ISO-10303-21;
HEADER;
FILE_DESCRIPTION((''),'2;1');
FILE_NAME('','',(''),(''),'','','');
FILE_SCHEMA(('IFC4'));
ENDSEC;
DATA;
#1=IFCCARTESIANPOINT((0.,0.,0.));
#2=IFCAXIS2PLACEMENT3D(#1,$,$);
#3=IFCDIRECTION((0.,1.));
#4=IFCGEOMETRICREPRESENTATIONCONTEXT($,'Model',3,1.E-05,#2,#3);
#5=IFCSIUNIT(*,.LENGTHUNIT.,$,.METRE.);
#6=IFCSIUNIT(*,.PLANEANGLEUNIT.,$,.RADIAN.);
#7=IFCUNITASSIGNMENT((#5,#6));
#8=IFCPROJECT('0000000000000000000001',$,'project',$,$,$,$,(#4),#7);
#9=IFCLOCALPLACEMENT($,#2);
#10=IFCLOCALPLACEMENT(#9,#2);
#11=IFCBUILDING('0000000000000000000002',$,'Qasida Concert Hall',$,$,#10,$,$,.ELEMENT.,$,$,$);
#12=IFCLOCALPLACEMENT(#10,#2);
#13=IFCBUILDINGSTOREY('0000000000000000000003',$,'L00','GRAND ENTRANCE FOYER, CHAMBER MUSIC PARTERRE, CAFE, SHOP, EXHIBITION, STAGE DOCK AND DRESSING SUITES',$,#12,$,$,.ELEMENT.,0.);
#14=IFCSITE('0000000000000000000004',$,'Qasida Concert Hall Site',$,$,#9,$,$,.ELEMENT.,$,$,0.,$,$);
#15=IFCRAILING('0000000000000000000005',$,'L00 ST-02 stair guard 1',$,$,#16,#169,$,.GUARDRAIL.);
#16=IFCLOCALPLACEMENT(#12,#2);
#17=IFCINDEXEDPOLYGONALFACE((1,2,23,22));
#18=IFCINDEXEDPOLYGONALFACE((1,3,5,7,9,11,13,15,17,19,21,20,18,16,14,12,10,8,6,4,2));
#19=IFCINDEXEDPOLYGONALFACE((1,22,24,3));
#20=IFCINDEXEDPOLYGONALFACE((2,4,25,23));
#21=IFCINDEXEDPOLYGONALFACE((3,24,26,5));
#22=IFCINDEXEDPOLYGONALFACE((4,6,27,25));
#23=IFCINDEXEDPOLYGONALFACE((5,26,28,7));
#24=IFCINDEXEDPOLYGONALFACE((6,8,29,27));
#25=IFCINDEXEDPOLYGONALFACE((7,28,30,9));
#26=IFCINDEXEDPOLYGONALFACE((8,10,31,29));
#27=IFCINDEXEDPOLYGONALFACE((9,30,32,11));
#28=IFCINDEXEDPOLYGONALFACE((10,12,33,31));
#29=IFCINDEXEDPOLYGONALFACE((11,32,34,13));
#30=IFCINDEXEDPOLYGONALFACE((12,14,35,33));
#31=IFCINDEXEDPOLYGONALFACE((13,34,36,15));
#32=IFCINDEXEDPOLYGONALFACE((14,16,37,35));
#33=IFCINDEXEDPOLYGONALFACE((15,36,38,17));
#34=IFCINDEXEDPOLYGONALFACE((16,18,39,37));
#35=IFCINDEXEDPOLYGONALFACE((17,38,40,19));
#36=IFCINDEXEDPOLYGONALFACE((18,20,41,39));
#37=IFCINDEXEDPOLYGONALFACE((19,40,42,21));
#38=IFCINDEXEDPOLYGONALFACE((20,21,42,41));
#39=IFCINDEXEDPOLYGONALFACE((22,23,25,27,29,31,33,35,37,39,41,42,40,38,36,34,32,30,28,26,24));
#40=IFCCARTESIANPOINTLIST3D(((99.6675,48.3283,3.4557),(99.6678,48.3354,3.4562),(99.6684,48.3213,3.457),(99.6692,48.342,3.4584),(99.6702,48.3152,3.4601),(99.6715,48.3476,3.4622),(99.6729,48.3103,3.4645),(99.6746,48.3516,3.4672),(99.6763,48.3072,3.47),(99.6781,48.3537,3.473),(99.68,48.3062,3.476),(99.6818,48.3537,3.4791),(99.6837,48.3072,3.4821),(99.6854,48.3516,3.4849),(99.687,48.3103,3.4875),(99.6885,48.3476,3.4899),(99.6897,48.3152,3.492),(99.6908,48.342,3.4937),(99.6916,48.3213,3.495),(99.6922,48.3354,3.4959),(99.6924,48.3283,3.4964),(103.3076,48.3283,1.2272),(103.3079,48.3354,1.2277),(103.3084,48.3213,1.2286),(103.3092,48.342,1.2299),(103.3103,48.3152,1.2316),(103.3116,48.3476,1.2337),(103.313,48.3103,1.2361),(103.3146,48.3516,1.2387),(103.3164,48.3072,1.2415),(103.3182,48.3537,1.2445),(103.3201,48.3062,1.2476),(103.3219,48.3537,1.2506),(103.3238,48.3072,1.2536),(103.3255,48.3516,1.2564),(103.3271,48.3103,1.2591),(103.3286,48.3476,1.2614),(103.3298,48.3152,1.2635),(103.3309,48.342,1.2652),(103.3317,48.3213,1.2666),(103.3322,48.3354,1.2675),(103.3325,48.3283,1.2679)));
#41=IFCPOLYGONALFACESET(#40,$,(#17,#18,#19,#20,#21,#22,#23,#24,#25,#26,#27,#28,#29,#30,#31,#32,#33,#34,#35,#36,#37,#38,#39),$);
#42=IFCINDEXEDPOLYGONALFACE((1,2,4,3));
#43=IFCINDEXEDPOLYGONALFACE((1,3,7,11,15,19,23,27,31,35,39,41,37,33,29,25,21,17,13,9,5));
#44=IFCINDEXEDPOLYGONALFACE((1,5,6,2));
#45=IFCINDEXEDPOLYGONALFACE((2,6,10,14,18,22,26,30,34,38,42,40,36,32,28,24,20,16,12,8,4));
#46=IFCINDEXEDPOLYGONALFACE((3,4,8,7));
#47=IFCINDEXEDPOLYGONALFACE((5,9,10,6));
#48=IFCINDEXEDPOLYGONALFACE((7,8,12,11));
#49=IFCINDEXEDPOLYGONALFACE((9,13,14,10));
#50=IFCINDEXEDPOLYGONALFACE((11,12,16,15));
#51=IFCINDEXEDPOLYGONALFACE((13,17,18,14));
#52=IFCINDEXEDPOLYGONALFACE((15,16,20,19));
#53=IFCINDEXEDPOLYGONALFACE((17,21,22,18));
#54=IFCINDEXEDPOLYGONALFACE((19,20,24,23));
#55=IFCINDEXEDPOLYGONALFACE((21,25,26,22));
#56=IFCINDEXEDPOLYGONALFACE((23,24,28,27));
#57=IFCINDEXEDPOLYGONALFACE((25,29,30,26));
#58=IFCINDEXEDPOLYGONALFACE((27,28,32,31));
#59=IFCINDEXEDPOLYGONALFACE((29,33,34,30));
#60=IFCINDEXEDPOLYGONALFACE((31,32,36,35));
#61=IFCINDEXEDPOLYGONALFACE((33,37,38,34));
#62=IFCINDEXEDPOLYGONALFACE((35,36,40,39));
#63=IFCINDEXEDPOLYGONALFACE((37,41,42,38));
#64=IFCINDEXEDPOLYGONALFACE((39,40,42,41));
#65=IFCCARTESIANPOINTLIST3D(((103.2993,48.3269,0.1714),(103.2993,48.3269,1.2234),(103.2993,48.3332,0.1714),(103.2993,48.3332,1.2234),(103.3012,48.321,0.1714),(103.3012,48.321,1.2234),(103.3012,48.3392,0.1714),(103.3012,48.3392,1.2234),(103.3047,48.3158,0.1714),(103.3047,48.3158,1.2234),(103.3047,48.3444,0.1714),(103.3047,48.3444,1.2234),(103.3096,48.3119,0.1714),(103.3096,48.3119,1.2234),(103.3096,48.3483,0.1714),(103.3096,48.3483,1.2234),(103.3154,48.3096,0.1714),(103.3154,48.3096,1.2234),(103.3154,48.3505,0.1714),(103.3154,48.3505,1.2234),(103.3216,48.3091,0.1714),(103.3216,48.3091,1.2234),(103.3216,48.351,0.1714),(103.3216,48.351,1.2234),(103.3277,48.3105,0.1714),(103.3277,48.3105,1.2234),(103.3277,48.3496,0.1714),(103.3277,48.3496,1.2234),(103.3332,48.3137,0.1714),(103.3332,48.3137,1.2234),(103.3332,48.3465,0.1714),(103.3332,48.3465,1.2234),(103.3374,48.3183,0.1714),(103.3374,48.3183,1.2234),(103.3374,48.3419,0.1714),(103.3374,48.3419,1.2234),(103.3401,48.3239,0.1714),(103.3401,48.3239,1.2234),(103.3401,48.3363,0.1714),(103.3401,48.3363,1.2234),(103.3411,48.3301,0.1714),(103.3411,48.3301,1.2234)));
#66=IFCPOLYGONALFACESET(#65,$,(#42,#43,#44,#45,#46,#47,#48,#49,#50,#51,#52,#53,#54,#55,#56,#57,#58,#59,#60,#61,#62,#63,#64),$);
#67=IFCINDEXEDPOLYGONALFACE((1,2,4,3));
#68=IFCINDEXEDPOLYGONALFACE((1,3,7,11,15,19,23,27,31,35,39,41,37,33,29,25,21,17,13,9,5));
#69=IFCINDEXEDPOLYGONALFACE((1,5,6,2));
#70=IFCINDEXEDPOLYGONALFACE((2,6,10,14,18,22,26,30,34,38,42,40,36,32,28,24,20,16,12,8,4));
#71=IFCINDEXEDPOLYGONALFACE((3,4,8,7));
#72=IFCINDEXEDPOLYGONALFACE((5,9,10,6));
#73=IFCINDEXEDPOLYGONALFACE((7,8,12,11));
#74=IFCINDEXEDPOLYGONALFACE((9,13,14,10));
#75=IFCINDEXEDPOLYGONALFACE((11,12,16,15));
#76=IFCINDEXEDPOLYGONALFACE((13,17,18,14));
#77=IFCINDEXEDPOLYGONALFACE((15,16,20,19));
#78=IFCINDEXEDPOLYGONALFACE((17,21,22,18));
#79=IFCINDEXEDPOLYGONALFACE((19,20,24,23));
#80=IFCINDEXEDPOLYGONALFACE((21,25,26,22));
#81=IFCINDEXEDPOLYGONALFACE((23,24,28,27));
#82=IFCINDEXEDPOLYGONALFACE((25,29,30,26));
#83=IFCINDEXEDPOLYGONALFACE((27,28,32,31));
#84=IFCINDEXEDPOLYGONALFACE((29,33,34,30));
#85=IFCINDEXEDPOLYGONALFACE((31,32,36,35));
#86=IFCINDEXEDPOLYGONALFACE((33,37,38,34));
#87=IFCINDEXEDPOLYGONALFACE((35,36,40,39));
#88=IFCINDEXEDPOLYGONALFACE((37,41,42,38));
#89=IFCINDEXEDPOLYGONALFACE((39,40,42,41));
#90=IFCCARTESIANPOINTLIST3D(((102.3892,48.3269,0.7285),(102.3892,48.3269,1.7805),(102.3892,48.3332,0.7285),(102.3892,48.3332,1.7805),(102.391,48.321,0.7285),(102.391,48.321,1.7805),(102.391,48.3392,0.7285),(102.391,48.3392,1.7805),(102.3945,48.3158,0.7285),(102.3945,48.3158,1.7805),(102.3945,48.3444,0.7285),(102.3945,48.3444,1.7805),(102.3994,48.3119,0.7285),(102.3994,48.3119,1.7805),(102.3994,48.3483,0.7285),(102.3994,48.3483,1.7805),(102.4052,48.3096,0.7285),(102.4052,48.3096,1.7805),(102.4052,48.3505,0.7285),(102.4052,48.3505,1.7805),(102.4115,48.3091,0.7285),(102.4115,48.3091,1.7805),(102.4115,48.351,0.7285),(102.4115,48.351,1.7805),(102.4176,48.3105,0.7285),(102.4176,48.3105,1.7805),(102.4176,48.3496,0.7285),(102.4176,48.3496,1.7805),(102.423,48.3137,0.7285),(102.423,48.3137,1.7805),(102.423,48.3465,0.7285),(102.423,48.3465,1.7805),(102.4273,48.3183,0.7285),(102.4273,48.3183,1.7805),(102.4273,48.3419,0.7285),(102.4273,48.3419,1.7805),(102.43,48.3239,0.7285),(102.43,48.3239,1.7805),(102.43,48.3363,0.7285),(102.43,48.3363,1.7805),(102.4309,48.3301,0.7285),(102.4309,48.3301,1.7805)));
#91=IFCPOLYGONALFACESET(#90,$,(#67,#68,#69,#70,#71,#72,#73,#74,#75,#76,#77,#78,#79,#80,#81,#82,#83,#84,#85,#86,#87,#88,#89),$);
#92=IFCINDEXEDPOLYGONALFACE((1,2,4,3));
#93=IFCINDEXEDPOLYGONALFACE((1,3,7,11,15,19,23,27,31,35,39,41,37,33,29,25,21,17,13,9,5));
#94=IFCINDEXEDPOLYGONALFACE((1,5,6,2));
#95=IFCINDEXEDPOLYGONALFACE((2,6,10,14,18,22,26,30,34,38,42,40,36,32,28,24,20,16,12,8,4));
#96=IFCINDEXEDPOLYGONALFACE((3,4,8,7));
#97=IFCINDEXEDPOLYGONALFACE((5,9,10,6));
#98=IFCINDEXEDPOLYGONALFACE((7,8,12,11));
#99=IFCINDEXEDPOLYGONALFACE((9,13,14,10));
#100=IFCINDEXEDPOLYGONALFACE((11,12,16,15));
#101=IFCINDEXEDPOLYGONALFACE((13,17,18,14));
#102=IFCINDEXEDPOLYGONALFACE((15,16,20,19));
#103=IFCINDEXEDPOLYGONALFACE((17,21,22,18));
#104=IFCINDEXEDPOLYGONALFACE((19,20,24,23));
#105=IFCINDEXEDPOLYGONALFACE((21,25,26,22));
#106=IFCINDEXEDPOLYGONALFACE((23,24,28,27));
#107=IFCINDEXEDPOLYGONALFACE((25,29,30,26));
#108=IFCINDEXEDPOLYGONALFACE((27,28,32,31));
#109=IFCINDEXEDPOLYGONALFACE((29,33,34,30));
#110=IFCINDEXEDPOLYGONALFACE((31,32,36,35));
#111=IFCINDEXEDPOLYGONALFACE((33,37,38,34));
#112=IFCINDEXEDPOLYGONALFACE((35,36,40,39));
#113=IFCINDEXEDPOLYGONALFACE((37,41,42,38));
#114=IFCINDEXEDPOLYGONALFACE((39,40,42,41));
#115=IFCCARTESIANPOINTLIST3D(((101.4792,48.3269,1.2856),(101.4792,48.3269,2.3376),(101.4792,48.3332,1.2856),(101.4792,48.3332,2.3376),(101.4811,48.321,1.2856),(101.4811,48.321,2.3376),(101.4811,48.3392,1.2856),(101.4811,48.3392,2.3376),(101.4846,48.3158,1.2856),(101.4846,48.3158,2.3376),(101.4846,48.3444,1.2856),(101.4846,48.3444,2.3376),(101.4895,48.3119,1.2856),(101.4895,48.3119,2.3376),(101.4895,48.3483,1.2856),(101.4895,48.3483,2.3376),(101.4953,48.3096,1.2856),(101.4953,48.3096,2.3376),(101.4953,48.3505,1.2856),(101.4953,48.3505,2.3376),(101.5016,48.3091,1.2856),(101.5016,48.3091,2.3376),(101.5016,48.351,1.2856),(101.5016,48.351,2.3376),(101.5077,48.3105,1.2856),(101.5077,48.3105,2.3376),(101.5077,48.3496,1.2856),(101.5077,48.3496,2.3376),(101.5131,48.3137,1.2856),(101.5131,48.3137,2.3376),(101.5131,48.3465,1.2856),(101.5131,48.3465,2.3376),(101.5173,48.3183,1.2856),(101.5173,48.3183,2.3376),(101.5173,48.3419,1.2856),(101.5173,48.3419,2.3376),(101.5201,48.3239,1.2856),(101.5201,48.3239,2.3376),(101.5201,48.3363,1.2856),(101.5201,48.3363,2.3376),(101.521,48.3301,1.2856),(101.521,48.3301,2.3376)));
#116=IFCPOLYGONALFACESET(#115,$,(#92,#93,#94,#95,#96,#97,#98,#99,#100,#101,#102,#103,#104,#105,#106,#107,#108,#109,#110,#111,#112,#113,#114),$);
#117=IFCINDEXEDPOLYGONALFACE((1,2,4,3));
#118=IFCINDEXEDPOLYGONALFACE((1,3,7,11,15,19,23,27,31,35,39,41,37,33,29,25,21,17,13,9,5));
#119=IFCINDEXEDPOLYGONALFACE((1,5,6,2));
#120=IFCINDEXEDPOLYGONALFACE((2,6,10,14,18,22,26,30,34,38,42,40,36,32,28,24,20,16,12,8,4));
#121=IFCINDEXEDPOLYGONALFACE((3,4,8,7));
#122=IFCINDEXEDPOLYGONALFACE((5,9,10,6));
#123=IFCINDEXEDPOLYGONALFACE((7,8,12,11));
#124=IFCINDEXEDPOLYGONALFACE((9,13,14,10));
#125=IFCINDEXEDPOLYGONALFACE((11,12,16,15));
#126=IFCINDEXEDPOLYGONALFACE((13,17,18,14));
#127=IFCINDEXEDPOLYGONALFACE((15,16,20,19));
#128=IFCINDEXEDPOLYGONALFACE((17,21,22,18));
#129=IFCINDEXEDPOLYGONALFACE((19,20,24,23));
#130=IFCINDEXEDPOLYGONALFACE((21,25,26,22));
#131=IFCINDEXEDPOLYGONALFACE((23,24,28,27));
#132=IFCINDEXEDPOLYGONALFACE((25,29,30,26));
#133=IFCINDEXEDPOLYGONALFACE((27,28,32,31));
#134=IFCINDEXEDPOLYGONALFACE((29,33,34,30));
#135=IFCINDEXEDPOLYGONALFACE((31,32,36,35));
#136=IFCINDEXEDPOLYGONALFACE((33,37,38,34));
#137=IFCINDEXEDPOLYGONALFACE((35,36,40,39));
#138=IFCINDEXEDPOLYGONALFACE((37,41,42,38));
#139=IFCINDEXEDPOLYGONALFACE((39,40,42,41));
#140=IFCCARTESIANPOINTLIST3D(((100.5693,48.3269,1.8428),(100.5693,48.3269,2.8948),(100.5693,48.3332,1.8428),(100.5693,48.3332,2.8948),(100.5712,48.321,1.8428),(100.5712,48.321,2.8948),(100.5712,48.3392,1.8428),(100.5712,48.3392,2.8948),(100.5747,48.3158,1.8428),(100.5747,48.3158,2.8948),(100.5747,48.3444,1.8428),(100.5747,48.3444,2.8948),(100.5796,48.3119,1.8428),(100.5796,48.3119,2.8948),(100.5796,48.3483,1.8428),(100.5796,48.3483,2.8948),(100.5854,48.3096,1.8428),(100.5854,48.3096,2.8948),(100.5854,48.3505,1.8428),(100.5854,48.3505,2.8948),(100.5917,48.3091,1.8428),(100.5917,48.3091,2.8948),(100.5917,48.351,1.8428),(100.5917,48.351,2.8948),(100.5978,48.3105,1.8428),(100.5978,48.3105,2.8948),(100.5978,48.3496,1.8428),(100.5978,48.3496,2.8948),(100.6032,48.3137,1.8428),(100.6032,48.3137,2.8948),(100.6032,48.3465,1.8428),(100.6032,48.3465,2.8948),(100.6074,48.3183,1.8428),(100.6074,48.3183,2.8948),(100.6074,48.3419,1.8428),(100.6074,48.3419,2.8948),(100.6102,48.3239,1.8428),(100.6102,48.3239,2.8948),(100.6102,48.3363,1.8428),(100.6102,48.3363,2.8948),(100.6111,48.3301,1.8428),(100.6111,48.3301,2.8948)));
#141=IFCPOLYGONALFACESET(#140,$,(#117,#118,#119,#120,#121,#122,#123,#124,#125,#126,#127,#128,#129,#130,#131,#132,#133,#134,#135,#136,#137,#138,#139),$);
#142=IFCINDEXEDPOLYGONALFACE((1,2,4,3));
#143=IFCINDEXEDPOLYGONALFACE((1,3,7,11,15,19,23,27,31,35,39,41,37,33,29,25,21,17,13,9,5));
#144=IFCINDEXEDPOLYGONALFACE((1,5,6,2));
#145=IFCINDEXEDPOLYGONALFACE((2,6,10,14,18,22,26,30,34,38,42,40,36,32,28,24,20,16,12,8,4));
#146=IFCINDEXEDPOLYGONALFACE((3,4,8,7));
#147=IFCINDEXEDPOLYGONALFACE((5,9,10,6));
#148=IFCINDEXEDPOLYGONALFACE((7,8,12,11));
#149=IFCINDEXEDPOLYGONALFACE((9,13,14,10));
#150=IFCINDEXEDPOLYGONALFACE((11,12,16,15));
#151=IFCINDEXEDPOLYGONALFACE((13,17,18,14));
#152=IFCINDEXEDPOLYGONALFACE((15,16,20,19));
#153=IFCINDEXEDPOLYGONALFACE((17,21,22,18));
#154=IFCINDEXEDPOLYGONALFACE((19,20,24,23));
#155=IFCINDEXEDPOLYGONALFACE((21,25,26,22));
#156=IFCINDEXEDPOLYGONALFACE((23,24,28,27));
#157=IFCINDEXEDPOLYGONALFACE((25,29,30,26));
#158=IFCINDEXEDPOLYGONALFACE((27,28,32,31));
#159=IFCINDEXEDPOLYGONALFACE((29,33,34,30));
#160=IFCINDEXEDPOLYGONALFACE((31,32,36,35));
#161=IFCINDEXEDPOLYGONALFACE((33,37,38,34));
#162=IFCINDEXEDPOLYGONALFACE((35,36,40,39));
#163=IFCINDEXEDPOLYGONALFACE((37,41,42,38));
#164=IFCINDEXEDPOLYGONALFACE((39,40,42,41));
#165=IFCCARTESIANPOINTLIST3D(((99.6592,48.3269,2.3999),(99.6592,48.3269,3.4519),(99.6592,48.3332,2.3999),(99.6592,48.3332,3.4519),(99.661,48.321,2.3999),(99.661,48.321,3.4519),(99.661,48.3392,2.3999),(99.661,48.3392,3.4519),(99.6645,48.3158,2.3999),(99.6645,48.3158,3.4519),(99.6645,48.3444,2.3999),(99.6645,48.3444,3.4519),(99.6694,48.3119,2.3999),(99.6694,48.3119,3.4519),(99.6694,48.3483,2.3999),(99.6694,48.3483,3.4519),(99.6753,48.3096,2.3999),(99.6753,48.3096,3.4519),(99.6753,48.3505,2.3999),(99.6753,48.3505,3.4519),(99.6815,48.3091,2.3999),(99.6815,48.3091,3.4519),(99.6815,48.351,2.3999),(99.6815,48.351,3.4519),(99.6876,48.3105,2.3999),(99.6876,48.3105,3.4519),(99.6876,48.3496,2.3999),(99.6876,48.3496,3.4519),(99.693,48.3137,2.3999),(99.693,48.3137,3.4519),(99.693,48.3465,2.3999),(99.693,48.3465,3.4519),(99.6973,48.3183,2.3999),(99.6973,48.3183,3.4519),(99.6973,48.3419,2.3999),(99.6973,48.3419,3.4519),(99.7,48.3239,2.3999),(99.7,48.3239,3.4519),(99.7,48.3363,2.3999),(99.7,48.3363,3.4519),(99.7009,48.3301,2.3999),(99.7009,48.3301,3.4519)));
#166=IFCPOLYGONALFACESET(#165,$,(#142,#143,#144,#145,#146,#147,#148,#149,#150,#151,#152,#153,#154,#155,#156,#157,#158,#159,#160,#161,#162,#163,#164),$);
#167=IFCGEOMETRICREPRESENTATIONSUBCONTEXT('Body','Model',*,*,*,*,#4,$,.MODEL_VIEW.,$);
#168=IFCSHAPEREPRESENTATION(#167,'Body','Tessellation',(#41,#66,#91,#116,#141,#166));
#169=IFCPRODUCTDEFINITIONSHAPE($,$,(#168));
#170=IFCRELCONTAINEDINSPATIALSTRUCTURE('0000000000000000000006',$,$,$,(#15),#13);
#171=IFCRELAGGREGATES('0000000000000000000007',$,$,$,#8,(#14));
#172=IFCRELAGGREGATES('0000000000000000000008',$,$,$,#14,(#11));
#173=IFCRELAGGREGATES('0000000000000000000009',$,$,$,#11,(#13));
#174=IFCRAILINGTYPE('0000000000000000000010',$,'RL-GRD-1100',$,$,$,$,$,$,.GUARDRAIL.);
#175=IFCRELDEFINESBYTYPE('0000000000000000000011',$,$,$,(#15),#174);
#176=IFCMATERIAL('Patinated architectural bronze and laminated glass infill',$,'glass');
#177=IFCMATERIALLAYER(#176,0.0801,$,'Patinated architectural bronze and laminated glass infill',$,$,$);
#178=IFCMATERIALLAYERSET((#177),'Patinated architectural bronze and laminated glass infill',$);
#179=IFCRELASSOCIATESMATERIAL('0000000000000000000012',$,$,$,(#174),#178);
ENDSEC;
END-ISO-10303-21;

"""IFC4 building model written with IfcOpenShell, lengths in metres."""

from ifc_helpers import new_model, si_unit, direction, frame, origin, origin_2d, place, context, subcontext, project, spatial, circle, extrude, material, layer, layer_set, type_object, element, save


model = new_model("IFC4")

# Units and contexts
model_context = context("Model", 3, precision=1e-05, world=origin(), true_north=direction((0.0, 1.0)))
body_context = subcontext(model_context, "Body", "Model", "MODEL_VIEW")
ifc_project = project(units=[si_unit("LENGTHUNIT", "METRE"), si_unit("PLANEANGLEUNIT", "RADIAN")], contexts=[model_context])

# Site, building, storey
site_placement = place(None, origin())
site = spatial("IfcSite", under=ifc_project, at=site_placement, Name="Qasida Concert Hall Site", CompositionType="ELEMENT", RefElevation=0.0)
building_placement = place(site_placement, origin())
building = spatial("IfcBuilding", under=site, at=building_placement, Name="Qasida Concert Hall", CompositionType="ELEMENT")
storey_placement = place(building_placement, origin())
storey = spatial("IfcBuildingStorey", under=building, at=storey_placement, Name="L00", Description="GRAND ENTRANCE FOYER, CHAMBER MUSIC PARTERRE, CAFE, SHOP, EXHIBITION, STAGE DOCK AND DRESSING SUITES", CompositionType="ELEMENT", Elevation=0.0)

# Railing
ifc_material_1 = material(Name="Patinated architectural bronze and laminated glass infill", Category="glass")
ifc_layer_1 = layer(ifc_material_1, 0.0801, Name="Patinated architectural bronze and laminated glass infill")
ifc_layer_set_1 = layer_set([ifc_layer_1], Name="Patinated architectural bronze and laminated glass infill")
railing_type_1 = type_object("IfcRailingType", Name="RL-GRD-1100", PredefinedType="GUARDRAIL", material=ifc_layer_set_1)
railing_1_placement = place(storey_placement, frame((103.3201, 48.3301, 0.1714)))
element("IfcRailing", 1, at=railing_1_placement, inside=storey, type_object=railing_type_1, Name="L00 ST-02 stair guard 1", PredefinedType="GUARDRAIL", context=body_context, shape_type="SweptSolid", body=[
    extrude(circle(Radius=0.0239, at=origin_2d()), frame((0.0, 0.0, 1.0762), z_axis=(-0.852866, 0.0, 0.52213), x_axis=(0.0, -1.0, 0.0)), (0.0, 0.0, 1.0), 4.2681),
    extrude(circle(Radius=0.021, at=origin_2d()), origin(), (0.0, 0.0, 1.0), 1.052),
    extrude(circle(Radius=0.021, at=origin_2d()), frame((-0.9102, 0.0, 0.5571)), (0.0, 0.0, 1.0), 1.052),
    extrude(circle(Radius=0.021, at=origin_2d()), frame((-1.8201, 0.0, 1.1143)), (0.0, 0.0, 1.0), 1.052),
    extrude(circle(Radius=0.021, at=origin_2d()), frame((-2.73, 0.0, 1.6714)), (0.0, 0.0, 1.0), 1.052),
    extrude(circle(Radius=0.021, at=origin_2d()), frame((-3.6401, 0.0, 2.2285)), (0.0, 0.0, 1.0), 1.052),
])

save(model, "model.ifc")
